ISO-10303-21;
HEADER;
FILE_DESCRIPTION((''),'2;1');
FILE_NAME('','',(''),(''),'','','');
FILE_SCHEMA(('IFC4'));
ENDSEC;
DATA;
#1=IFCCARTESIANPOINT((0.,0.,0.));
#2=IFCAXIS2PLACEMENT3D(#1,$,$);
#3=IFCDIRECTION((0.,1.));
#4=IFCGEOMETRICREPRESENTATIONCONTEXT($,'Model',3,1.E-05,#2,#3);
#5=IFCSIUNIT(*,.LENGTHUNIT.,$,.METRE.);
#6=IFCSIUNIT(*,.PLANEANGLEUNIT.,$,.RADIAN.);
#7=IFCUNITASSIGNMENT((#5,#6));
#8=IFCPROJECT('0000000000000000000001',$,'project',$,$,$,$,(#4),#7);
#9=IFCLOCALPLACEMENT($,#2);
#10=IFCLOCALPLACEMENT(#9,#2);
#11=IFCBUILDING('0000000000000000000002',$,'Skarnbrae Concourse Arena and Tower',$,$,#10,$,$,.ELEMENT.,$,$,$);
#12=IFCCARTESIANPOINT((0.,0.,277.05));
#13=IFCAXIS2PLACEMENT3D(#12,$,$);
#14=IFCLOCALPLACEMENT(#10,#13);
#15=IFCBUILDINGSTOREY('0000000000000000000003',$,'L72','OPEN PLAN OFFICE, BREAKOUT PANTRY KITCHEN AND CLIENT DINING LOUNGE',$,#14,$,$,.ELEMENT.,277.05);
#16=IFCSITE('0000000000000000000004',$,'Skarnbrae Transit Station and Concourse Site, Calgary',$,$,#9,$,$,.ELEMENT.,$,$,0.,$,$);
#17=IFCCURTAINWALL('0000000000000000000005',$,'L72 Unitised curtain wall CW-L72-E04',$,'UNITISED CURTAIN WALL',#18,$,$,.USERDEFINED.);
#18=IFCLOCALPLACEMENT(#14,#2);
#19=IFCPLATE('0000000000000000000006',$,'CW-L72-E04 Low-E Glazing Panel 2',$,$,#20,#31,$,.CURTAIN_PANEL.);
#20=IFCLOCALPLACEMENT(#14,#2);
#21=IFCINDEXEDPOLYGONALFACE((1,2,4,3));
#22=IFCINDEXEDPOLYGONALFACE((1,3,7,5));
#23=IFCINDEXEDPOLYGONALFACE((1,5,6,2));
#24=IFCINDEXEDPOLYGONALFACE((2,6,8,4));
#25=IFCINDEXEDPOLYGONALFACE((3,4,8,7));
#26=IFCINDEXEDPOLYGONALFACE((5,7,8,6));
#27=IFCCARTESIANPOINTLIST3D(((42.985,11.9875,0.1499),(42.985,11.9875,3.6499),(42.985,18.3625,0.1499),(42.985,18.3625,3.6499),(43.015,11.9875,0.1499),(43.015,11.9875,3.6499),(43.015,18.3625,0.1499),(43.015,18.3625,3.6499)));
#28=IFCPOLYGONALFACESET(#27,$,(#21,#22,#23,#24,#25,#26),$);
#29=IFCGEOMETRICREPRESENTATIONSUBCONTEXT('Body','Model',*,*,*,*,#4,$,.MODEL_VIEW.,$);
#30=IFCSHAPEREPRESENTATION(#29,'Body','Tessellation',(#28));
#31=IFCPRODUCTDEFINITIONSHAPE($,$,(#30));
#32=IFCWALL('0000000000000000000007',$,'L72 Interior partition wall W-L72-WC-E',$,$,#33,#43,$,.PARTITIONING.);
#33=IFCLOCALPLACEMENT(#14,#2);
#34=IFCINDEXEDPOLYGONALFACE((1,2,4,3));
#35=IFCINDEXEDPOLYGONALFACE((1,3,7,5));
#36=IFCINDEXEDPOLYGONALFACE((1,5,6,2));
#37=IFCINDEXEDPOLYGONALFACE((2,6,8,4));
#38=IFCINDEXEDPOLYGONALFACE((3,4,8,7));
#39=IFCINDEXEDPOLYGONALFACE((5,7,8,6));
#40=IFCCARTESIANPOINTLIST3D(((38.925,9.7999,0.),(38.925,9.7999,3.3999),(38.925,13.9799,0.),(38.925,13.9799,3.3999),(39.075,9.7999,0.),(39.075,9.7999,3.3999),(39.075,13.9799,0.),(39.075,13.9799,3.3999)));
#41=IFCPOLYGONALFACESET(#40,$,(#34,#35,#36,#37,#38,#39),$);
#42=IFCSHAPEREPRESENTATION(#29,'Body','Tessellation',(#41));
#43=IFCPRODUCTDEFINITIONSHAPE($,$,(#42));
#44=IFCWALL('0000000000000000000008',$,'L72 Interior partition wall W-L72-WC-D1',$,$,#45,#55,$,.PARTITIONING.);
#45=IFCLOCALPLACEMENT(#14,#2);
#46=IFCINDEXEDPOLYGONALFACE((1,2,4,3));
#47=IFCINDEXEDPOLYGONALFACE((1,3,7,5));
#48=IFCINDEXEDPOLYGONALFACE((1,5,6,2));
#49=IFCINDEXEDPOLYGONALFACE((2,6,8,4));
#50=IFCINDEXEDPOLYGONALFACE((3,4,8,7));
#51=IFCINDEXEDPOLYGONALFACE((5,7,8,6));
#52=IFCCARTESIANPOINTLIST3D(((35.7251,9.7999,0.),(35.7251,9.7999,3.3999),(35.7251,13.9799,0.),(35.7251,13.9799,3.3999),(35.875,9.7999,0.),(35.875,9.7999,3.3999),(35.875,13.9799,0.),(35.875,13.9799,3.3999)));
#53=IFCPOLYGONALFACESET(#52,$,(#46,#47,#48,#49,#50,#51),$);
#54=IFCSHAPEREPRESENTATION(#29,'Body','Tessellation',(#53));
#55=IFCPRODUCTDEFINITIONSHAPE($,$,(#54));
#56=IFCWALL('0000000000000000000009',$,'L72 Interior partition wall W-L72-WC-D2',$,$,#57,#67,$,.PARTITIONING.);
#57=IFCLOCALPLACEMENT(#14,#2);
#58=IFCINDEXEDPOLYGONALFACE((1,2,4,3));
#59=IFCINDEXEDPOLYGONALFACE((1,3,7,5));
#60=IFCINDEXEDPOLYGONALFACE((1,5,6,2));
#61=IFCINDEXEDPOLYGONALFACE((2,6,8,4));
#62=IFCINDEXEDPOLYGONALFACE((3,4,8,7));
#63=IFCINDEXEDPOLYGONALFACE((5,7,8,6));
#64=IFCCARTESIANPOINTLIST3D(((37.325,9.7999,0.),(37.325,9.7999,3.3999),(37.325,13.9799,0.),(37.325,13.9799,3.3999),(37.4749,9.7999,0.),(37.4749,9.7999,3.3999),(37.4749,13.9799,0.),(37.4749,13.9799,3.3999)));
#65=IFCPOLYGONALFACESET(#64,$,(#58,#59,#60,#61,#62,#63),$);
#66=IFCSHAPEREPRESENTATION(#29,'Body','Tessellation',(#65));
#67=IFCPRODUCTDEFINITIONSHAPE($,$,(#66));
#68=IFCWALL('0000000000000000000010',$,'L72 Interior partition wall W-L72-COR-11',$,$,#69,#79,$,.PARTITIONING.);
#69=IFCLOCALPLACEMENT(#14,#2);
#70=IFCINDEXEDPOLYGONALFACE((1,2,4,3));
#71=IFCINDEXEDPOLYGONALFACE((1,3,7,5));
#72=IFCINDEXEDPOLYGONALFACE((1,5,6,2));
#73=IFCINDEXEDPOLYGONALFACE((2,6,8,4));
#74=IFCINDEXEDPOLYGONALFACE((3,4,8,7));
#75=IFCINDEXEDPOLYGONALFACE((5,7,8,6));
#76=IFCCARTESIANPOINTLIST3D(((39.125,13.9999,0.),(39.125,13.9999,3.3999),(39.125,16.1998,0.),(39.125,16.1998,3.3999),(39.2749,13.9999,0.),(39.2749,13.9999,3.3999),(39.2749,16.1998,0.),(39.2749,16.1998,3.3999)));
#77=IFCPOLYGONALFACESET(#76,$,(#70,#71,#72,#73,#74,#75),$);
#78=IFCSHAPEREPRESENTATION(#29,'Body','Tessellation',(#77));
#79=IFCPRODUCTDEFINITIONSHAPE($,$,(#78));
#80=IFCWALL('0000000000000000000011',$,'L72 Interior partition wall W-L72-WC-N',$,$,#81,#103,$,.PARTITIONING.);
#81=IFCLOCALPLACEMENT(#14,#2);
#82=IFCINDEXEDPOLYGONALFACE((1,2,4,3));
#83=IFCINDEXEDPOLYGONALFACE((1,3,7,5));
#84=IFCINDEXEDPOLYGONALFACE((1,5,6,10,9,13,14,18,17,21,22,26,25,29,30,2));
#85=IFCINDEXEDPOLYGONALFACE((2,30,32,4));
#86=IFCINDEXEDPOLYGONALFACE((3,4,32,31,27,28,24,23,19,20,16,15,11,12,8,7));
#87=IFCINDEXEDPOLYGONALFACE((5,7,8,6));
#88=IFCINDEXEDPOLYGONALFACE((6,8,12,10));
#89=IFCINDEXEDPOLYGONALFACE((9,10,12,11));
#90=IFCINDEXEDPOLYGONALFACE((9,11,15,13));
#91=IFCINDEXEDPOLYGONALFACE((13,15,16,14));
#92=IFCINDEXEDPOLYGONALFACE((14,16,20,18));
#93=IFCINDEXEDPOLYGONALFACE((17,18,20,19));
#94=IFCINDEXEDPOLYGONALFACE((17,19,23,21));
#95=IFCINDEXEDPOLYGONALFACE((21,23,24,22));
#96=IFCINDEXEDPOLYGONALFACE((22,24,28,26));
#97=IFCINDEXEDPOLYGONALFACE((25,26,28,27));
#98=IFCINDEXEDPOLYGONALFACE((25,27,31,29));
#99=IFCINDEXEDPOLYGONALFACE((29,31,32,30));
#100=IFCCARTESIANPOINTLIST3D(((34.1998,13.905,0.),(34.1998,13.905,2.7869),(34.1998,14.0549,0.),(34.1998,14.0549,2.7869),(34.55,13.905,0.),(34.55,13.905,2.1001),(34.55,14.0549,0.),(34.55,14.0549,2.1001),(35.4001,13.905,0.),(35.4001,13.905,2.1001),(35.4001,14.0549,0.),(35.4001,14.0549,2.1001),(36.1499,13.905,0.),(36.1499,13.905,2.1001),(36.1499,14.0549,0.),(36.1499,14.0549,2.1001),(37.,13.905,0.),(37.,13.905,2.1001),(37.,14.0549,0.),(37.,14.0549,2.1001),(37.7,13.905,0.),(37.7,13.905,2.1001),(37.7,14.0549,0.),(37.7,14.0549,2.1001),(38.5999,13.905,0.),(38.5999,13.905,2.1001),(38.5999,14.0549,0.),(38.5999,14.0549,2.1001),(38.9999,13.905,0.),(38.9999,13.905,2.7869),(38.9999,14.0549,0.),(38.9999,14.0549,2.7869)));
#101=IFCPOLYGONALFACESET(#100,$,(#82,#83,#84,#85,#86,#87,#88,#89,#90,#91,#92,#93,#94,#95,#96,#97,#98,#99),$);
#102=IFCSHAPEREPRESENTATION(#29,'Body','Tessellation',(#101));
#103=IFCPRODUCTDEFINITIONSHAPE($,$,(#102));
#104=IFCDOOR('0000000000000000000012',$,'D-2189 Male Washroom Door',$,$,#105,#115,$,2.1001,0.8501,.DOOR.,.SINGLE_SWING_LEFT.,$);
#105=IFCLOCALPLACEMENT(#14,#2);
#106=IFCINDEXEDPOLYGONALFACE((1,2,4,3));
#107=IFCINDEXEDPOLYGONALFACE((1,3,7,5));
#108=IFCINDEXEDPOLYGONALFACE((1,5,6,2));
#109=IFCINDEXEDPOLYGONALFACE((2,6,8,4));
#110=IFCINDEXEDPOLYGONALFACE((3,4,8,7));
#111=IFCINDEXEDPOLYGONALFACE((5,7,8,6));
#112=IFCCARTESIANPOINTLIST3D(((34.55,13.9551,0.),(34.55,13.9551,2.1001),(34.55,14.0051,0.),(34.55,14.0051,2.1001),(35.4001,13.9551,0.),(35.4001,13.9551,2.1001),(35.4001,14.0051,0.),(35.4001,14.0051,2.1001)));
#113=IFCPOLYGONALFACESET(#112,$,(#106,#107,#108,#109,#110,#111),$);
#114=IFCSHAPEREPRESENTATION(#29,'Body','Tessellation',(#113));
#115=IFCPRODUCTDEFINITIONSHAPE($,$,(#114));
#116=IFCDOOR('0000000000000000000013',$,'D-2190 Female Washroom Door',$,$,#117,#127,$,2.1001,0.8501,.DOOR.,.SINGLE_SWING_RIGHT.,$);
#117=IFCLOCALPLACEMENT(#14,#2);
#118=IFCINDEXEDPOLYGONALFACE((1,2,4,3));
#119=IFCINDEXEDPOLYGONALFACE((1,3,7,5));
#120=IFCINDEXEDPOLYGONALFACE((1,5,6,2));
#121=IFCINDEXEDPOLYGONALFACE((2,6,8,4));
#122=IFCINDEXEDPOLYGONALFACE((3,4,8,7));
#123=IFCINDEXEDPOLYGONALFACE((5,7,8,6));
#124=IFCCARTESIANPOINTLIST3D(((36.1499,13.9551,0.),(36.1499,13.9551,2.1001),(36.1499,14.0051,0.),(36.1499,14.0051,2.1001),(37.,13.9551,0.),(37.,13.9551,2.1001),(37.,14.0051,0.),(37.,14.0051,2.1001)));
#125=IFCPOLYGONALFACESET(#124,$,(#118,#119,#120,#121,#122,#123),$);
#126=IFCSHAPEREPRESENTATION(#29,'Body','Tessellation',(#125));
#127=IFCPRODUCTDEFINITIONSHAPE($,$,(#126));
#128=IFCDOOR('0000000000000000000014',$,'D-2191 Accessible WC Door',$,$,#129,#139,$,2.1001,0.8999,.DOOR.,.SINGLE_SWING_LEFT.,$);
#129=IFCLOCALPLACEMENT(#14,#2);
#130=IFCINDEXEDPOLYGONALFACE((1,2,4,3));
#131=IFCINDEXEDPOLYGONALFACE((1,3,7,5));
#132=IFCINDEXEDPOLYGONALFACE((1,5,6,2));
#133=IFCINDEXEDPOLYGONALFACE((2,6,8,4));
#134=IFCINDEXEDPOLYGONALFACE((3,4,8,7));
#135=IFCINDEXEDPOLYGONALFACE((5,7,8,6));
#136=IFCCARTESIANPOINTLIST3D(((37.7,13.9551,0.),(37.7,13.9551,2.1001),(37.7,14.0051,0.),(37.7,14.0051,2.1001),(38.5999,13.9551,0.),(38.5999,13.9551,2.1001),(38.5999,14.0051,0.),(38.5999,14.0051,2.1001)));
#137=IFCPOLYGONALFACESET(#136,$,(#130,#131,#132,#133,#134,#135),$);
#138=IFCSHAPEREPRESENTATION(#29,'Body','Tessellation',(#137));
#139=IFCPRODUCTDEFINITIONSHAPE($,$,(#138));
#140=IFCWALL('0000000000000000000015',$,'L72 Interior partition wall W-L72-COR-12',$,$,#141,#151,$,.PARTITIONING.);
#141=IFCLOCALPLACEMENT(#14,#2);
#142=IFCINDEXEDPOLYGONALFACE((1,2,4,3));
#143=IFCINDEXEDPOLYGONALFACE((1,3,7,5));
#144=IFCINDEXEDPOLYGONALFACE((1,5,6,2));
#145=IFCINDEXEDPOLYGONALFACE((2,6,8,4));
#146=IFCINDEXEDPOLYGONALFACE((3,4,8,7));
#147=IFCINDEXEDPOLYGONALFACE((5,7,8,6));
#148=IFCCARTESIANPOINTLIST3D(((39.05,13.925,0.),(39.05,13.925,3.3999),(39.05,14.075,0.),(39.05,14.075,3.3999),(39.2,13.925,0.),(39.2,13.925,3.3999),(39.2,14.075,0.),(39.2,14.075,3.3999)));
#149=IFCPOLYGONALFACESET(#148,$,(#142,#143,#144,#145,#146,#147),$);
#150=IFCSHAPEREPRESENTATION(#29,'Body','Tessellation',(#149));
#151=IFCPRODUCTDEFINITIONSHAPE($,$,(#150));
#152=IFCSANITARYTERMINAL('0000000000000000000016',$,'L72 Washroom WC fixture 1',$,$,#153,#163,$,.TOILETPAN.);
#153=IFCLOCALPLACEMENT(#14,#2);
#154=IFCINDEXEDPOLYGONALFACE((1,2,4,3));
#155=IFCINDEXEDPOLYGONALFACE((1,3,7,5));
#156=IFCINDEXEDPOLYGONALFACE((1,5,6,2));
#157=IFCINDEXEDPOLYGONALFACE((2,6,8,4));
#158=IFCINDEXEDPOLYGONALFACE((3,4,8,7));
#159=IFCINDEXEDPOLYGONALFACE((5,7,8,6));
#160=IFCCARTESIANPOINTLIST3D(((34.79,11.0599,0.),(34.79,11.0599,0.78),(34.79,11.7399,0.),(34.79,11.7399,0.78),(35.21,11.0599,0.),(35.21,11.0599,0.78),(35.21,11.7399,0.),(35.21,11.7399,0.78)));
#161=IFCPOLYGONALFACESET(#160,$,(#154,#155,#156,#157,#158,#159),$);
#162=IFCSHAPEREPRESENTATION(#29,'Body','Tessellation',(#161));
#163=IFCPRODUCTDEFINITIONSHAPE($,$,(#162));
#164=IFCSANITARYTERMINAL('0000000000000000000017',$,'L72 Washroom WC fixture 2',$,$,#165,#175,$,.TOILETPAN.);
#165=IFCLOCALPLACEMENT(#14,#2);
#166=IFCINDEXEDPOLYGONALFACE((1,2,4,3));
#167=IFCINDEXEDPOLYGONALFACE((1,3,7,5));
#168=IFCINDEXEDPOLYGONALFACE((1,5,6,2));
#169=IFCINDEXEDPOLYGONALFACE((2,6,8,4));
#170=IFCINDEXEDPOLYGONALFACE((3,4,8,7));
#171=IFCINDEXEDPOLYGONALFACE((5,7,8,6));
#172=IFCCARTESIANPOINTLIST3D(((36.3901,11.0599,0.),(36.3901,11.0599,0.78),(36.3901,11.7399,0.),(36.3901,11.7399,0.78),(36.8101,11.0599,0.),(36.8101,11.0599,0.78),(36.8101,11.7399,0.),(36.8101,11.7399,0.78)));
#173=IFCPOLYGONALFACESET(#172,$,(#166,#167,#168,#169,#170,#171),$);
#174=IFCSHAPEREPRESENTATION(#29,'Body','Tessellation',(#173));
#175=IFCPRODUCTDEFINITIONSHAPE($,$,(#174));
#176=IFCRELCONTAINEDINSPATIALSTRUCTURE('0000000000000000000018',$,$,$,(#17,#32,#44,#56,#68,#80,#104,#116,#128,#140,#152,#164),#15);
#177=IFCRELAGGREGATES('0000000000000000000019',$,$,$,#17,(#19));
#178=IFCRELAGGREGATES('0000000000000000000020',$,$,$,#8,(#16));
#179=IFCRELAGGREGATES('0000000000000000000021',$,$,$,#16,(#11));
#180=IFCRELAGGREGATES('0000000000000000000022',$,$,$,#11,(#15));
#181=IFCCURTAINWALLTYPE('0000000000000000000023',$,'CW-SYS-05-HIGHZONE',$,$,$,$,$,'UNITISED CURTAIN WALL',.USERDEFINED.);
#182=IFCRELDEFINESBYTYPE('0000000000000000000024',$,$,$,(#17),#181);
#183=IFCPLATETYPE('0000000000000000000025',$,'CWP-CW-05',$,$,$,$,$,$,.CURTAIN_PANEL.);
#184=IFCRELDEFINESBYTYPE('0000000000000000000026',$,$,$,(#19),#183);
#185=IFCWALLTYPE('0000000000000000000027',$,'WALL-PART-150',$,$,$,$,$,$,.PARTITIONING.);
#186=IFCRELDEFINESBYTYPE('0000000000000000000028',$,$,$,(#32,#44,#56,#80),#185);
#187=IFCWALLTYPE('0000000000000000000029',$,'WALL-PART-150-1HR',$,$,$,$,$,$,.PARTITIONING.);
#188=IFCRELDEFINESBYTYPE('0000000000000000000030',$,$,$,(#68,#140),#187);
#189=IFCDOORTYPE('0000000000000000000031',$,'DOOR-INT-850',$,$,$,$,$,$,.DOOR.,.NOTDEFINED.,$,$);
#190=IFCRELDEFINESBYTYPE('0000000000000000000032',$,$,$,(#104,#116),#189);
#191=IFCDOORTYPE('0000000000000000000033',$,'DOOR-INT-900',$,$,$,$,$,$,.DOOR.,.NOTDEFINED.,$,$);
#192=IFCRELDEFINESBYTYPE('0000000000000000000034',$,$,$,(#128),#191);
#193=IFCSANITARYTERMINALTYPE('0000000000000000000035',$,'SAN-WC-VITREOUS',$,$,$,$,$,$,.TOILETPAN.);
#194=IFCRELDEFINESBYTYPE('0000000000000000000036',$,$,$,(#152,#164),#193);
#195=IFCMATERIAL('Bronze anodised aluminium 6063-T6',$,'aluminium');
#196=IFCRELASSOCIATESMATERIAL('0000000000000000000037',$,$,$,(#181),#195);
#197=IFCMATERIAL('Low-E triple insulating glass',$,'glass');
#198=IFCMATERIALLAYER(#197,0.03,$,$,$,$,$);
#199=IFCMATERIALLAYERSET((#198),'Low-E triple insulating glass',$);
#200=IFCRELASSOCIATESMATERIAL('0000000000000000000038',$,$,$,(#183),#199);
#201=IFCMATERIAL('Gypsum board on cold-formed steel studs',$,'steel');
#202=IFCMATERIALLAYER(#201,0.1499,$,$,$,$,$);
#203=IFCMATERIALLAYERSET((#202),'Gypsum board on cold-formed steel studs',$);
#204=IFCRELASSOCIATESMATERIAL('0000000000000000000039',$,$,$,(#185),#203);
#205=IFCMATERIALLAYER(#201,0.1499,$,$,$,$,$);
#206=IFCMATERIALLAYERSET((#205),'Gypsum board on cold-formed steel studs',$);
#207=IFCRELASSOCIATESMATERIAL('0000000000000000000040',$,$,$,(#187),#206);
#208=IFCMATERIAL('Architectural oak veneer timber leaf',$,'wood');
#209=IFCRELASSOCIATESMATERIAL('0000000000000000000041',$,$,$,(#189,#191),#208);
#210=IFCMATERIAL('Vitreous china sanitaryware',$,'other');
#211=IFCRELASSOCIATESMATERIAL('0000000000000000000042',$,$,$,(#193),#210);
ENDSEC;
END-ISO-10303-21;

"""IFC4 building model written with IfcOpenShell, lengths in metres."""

from ifc_helpers import new_model, si_unit, direction, frame, frame_2d, origin, origin_2d, place, context, subcontext, project, spatial, rectangle, extrude, source, transform, mapped, material, layer, layer_set, type_object, element, fill, aggregate, save


model = new_model("IFC4")

# Units and contexts
model_context = context("Model", 3, precision=1e-05, world=origin(), true_north=direction((0.0, 1.0)))
body_context = subcontext(model_context, "Body", "Model", "MODEL_VIEW")
ifc_project = project(units=[si_unit("LENGTHUNIT", "METRE"), si_unit("PLANEANGLEUNIT", "RADIAN")], contexts=[model_context])

# Site, building, storey
site_placement = place(None, origin())
site = spatial("IfcSite", under=ifc_project, at=site_placement, Name="Skarnbrae Transit Station and Concourse Site, Calgary", CompositionType="ELEMENT", RefElevation=0.0)
building_placement = place(site_placement, origin())
building = spatial("IfcBuilding", under=site, at=building_placement, Name="Skarnbrae Concourse Arena and Tower", CompositionType="ELEMENT")
storey_placement = place(building_placement, frame((0.0, 0.0, 277.05)))
storey = spatial("IfcBuildingStorey", under=building, at=storey_placement, Name="L72", Description="OPEN PLAN OFFICE, BREAKOUT PANTRY KITCHEN AND CLIENT DINING LOUNGE", CompositionType="ELEMENT", Elevation=277.05)

# Curtain wall, plate
ifc_material_1 = material(Name="Bronze anodised aluminium 6063-T6", Category="aluminium")
curtain_wall_type = type_object("IfcCurtainWallType", Name="CW-SYS-05-HIGHZONE", ElementType="UNITISED CURTAIN WALL", PredefinedType="USERDEFINED", material=ifc_material_1)
curtain_wall_placement = place(storey_placement, origin())
curtain_wall = element("IfcCurtainWall", 1, at=curtain_wall_placement, inside=storey, type_object=curtain_wall_type, Name="L72 Unitised curtain wall CW-L72-E04", ObjectType="UNITISED CURTAIN WALL", PredefinedType="USERDEFINED")
ifc_material_2 = material(Name="Low-E triple insulating glass", Category="glass")
ifc_layer_1 = layer(ifc_material_2, 0.03)
ifc_layer_set_1 = layer_set([ifc_layer_1], Name="Low-E triple insulating glass")
plate_type = type_object("IfcPlateType", Name="CWP-CW-05", PredefinedType="CURTAIN_PANEL", material=ifc_layer_set_1)
shared_shape_1 = source(origin(), body_context, "Body", "SweptSolid", [
    extrude(rectangle(XDim=6.375, YDim=0.03, at=origin_2d()), origin(), (0.0, 0.0, 1.0), 3.5),
])
plate_placement = place(storey_placement, frame((43.0, 15.175, 0.1499), z_axis=(0.0, 0.0, 1.0), x_axis=(0.0, 1.0, 0.0)))
plate = element("IfcPlate", 2, at=plate_placement, type_object=plate_type, Name="CW-L72-E04 Low-E Glazing Panel 2", PredefinedType="CURTAIN_PANEL", context=body_context, shape_type="MappedRepresentation", body=[
    mapped(shared_shape_1, transform((0.0, 0.0, 0.0))),
])
aggregate(curtain_wall, [plate])

# Walls
ifc_material_3 = material(Name="Gypsum board on cold-formed steel studs", Category="steel")
ifc_layer_2 = layer(ifc_material_3, 0.1499)
ifc_layer_set_2 = layer_set([ifc_layer_2], Name="Gypsum board on cold-formed steel studs")
wall_type_1 = type_object("IfcWallType", Name="WALL-PART-150", PredefinedType="PARTITIONING", material=ifc_layer_set_2)
shared_shape_2 = source(origin(), body_context, "Body", "SweptSolid", [
    extrude(rectangle(XDim=4.1799, YDim=0.1499, at=frame_2d((2.0898, 0.0))), origin(), (0.0, 0.0, 1.0), 3.3999),
])
for number, where, z_axis, x_axis, name in (
    (3, (39.0, 9.8, 0.0), (0.0, 0.0, 1.0), (0.0, 1.0, 0.0), "L72 Interior partition wall W-L72-WC-E"),
    (4, (35.8, 9.8, 0.0), (0.0, 0.0, 1.0), (0.0, 1.0, 0.0), "L72 Interior partition wall W-L72-WC-D1"),
    (5, (37.3999, 9.8, 0.0), (0.0, 0.0, 1.0), (0.0, 1.0, 0.0), "L72 Interior partition wall W-L72-WC-D2"),
):
    element("IfcWall", number, at=place(storey_placement, frame(where, z_axis=z_axis, x_axis=x_axis)), inside=storey, type_object=wall_type_1, Name=name, PredefinedType="PARTITIONING", context=body_context, shape_type="MappedRepresentation", body=[
        mapped(shared_shape_2, transform((0.0, 0.0, 0.0))),
    ])
ifc_layer_3 = layer(ifc_material_3, 0.1499)
ifc_layer_set_3 = layer_set([ifc_layer_3], Name="Gypsum board on cold-formed steel studs")
wall_type_2 = type_object("IfcWallType", Name="WALL-PART-150-1HR", PredefinedType="PARTITIONING", material=ifc_layer_set_3)
shared_shape_3 = source(origin(), body_context, "Body", "SweptSolid", [
    extrude(rectangle(XDim=2.2, YDim=0.1499, at=frame_2d((1.1001, 0.0))), origin(), (0.0, 0.0, 1.0), 3.3999),
])
wall_1_placement = place(storey_placement, frame((39.2, 16.2, 0.0), z_axis=(0.0, 0.0, 1.0), x_axis=(0.0, -1.0, 0.0)))
element("IfcWall", 6, at=wall_1_placement, inside=storey, type_object=wall_type_2, Name="L72 Interior partition wall W-L72-COR-11", PredefinedType="PARTITIONING", context=body_context, shape_type="MappedRepresentation", body=[
    mapped(shared_shape_3, transform((0.0, 0.0, 0.0))),
])

# Wall, openings, doors
shared_shape_4 = source(origin(), body_context, "Body", "SweptSolid", [
    extrude(rectangle(XDim=4.8, YDim=0.1499, at=frame_2d((2.3999, 0.0))), origin(), (0.0, 0.0, 1.0), 2.7869),
])
wall_2_placement = place(storey_placement, frame((34.2, 13.98, 0.0), z_axis=(0.0, 0.0, 1.0), x_axis=(1.0, 0.0, 0.0)))
wall_2 = element("IfcWall", 7, at=wall_2_placement, inside=storey, type_object=wall_type_1, Name="L72 Interior partition wall W-L72-WC-N", PredefinedType="PARTITIONING", context=body_context, shape_type="MappedRepresentation", body=[
    mapped(shared_shape_4, transform((0.0, 0.0, 0.0))),
])
opening_1_placement = place(wall_2_placement, frame((0.3501, 0.0, 0.0)))
opening_1 = element("IfcOpeningElement", 8, at=opening_1_placement, cuts=wall_2, PredefinedType="OPENING", context=body_context, shape_type="SweptSolid", body=[
    extrude(rectangle(XDim=0.8501, YDim=2.1001, at=frame_2d((0.425, 1.05))), frame((0.0, 0.085, 0.0), z_axis=(0.0, -1.0, 0.0), x_axis=(1.0, 0.0, 0.0)), (0.0, 0.0, 1.0), 0.1699),
])
opening_2_placement = place(wall_2_placement, frame((1.95, 0.0, 0.0)))
opening_2 = element("IfcOpeningElement", 9, at=opening_2_placement, cuts=wall_2, PredefinedType="OPENING", context=body_context, shape_type="SweptSolid", body=[
    extrude(rectangle(XDim=0.8501, YDim=2.1001, at=frame_2d((0.425, 1.05))), frame((0.0, 0.085, 0.0), z_axis=(0.0, -1.0, 0.0), x_axis=(1.0, 0.0, 0.0)), (0.0, 0.0, 1.0), 0.1699),
])
opening_3_placement = place(wall_2_placement, frame((3.5, 0.0, 0.0)))
opening_3 = element("IfcOpeningElement", 10, at=opening_3_placement, cuts=wall_2, PredefinedType="OPENING", context=body_context, shape_type="SweptSolid", body=[
    extrude(rectangle(XDim=0.8999, YDim=2.1001, at=frame_2d((0.45, 1.05))), frame((0.0, 0.085, 0.0), z_axis=(0.0, -1.0, 0.0), x_axis=(1.0, 0.0, 0.0)), (0.0, 0.0, 1.0), 0.1699),
])
ifc_material_4 = material(Name="Architectural oak veneer timber leaf", Category="wood")
door_type_1 = type_object("IfcDoorType", Name="DOOR-INT-850", OperationType="NOTDEFINED", PredefinedType="DOOR", material=ifc_material_4)
shared_shape_5 = source(origin(), body_context, "Body", "SweptSolid", [
    extrude(rectangle(XDim=0.8501, YDim=2.1001, at=frame_2d((0.425, 1.05))), frame((0.0, 0.0249, 0.0), z_axis=(0.0, -1.0, 0.0), x_axis=(1.0, 0.0, 0.0)), (0.0, 0.0, 1.0), 0.05),
])
door_1_placement = place(opening_1_placement, frame((0.8501, 0.0, 0.0), z_axis=(0.0, 0.0, 1.0), x_axis=(-1.0, 0.0, 0.0)))
door_1 = element("IfcDoor", 11, at=door_1_placement, inside=storey, type_object=door_type_1, Name="D-2189 Male Washroom Door", OperationType="SINGLE_SWING_LEFT", OverallHeight=2.1001, OverallWidth=0.8501, PredefinedType="DOOR", context=body_context, shape_type="MappedRepresentation", body=[
    mapped(shared_shape_5, transform((0.0, 0.0, 0.0))),
])
fill(opening_1, door_1)
door_2_placement = place(opening_2_placement, frame((0.8501, 0.0, 0.0), z_axis=(0.0, 0.0, 1.0), x_axis=(-1.0, 0.0, 0.0)))
door_2 = element("IfcDoor", 12, at=door_2_placement, inside=storey, type_object=door_type_1, Name="D-2190 Female Washroom Door", OperationType="SINGLE_SWING_RIGHT", OverallHeight=2.1001, OverallWidth=0.8501, PredefinedType="DOOR", context=body_context, shape_type="MappedRepresentation", body=[
    mapped(shared_shape_5, transform((0.0, 0.0, 0.0))),
])
fill(opening_2, door_2)
door_type_2 = type_object("IfcDoorType", Name="DOOR-INT-900", OperationType="NOTDEFINED", PredefinedType="DOOR", material=ifc_material_4)
shared_shape_6 = source(origin(), body_context, "Body", "SweptSolid", [
    extrude(rectangle(XDim=0.8999, YDim=2.1001, at=frame_2d((0.45, 1.05))), frame((0.0, 0.0249, 0.0), z_axis=(0.0, -1.0, 0.0), x_axis=(1.0, 0.0, 0.0)), (0.0, 0.0, 1.0), 0.05),
])
door_3_placement = place(opening_3_placement, frame((0.8999, 0.0, 0.0), z_axis=(0.0, 0.0, 1.0), x_axis=(-1.0, 0.0, 0.0)))
door_3 = element("IfcDoor", 13, at=door_3_placement, inside=storey, type_object=door_type_2, Name="D-2191 Accessible WC Door", OperationType="SINGLE_SWING_LEFT", OverallHeight=2.1001, OverallWidth=0.8999, PredefinedType="DOOR", context=body_context, shape_type="MappedRepresentation", body=[
    mapped(shared_shape_6, transform((0.0, 0.0, 0.0))),
])
fill(opening_3, door_3)

# Wall
shared_shape_7 = source(origin(), body_context, "Body", "SweptSolid", [
    extrude(rectangle(XDim=0.1499, YDim=0.1499, at=frame_2d((0.075, 0.0))), origin(), (0.0, 0.0, 1.0), 3.3999),
])
wall_3_placement = place(storey_placement, frame((39.2, 14.0, 0.0), z_axis=(0.0, 0.0, 1.0), x_axis=(-1.0, 0.0, 0.0)))
element("IfcWall", 14, at=wall_3_placement, inside=storey, type_object=wall_type_2, Name="L72 Interior partition wall W-L72-COR-12", PredefinedType="PARTITIONING", context=body_context, shape_type="MappedRepresentation", body=[
    mapped(shared_shape_7, transform((0.0, 0.0, 0.0))),
])

# Sanitary terminals
ifc_material_5 = material(Name="Vitreous china sanitaryware", Category="other")
sanitary_terminal_type = type_object("IfcSanitaryTerminalType", Name="SAN-WC-VITREOUS", PredefinedType="TOILETPAN", material=ifc_material_5)
shared_shape_8 = source(origin(), body_context, "Body", "SweptSolid", [
    extrude(rectangle(XDim=0.4199, YDim=0.6799, at=origin_2d()), origin(), (0.0, 0.0, 1.0), 0.78),
])
for number, where, z_axis, x_axis, name in (
    (15, (35.0, 11.3999, 0.0), (0.0, 0.0, 1.0), (1.0, 0.0, 0.0), "L72 Washroom WC fixture 1"),
    (16, (36.6001, 11.3999, 0.0), (0.0, 0.0, 1.0), (1.0, 0.0, 0.0), "L72 Washroom WC fixture 2"),
):
    element("IfcSanitaryTerminal", number, at=place(storey_placement, frame(where, z_axis=z_axis, x_axis=x_axis)), inside=storey, type_object=sanitary_terminal_type, Name=name, PredefinedType="TOILETPAN", context=body_context, shape_type="MappedRepresentation", body=[
        mapped(shared_shape_8, transform((0.0, 0.0, 0.0))),
    ])

save(model, "model.ifc")
